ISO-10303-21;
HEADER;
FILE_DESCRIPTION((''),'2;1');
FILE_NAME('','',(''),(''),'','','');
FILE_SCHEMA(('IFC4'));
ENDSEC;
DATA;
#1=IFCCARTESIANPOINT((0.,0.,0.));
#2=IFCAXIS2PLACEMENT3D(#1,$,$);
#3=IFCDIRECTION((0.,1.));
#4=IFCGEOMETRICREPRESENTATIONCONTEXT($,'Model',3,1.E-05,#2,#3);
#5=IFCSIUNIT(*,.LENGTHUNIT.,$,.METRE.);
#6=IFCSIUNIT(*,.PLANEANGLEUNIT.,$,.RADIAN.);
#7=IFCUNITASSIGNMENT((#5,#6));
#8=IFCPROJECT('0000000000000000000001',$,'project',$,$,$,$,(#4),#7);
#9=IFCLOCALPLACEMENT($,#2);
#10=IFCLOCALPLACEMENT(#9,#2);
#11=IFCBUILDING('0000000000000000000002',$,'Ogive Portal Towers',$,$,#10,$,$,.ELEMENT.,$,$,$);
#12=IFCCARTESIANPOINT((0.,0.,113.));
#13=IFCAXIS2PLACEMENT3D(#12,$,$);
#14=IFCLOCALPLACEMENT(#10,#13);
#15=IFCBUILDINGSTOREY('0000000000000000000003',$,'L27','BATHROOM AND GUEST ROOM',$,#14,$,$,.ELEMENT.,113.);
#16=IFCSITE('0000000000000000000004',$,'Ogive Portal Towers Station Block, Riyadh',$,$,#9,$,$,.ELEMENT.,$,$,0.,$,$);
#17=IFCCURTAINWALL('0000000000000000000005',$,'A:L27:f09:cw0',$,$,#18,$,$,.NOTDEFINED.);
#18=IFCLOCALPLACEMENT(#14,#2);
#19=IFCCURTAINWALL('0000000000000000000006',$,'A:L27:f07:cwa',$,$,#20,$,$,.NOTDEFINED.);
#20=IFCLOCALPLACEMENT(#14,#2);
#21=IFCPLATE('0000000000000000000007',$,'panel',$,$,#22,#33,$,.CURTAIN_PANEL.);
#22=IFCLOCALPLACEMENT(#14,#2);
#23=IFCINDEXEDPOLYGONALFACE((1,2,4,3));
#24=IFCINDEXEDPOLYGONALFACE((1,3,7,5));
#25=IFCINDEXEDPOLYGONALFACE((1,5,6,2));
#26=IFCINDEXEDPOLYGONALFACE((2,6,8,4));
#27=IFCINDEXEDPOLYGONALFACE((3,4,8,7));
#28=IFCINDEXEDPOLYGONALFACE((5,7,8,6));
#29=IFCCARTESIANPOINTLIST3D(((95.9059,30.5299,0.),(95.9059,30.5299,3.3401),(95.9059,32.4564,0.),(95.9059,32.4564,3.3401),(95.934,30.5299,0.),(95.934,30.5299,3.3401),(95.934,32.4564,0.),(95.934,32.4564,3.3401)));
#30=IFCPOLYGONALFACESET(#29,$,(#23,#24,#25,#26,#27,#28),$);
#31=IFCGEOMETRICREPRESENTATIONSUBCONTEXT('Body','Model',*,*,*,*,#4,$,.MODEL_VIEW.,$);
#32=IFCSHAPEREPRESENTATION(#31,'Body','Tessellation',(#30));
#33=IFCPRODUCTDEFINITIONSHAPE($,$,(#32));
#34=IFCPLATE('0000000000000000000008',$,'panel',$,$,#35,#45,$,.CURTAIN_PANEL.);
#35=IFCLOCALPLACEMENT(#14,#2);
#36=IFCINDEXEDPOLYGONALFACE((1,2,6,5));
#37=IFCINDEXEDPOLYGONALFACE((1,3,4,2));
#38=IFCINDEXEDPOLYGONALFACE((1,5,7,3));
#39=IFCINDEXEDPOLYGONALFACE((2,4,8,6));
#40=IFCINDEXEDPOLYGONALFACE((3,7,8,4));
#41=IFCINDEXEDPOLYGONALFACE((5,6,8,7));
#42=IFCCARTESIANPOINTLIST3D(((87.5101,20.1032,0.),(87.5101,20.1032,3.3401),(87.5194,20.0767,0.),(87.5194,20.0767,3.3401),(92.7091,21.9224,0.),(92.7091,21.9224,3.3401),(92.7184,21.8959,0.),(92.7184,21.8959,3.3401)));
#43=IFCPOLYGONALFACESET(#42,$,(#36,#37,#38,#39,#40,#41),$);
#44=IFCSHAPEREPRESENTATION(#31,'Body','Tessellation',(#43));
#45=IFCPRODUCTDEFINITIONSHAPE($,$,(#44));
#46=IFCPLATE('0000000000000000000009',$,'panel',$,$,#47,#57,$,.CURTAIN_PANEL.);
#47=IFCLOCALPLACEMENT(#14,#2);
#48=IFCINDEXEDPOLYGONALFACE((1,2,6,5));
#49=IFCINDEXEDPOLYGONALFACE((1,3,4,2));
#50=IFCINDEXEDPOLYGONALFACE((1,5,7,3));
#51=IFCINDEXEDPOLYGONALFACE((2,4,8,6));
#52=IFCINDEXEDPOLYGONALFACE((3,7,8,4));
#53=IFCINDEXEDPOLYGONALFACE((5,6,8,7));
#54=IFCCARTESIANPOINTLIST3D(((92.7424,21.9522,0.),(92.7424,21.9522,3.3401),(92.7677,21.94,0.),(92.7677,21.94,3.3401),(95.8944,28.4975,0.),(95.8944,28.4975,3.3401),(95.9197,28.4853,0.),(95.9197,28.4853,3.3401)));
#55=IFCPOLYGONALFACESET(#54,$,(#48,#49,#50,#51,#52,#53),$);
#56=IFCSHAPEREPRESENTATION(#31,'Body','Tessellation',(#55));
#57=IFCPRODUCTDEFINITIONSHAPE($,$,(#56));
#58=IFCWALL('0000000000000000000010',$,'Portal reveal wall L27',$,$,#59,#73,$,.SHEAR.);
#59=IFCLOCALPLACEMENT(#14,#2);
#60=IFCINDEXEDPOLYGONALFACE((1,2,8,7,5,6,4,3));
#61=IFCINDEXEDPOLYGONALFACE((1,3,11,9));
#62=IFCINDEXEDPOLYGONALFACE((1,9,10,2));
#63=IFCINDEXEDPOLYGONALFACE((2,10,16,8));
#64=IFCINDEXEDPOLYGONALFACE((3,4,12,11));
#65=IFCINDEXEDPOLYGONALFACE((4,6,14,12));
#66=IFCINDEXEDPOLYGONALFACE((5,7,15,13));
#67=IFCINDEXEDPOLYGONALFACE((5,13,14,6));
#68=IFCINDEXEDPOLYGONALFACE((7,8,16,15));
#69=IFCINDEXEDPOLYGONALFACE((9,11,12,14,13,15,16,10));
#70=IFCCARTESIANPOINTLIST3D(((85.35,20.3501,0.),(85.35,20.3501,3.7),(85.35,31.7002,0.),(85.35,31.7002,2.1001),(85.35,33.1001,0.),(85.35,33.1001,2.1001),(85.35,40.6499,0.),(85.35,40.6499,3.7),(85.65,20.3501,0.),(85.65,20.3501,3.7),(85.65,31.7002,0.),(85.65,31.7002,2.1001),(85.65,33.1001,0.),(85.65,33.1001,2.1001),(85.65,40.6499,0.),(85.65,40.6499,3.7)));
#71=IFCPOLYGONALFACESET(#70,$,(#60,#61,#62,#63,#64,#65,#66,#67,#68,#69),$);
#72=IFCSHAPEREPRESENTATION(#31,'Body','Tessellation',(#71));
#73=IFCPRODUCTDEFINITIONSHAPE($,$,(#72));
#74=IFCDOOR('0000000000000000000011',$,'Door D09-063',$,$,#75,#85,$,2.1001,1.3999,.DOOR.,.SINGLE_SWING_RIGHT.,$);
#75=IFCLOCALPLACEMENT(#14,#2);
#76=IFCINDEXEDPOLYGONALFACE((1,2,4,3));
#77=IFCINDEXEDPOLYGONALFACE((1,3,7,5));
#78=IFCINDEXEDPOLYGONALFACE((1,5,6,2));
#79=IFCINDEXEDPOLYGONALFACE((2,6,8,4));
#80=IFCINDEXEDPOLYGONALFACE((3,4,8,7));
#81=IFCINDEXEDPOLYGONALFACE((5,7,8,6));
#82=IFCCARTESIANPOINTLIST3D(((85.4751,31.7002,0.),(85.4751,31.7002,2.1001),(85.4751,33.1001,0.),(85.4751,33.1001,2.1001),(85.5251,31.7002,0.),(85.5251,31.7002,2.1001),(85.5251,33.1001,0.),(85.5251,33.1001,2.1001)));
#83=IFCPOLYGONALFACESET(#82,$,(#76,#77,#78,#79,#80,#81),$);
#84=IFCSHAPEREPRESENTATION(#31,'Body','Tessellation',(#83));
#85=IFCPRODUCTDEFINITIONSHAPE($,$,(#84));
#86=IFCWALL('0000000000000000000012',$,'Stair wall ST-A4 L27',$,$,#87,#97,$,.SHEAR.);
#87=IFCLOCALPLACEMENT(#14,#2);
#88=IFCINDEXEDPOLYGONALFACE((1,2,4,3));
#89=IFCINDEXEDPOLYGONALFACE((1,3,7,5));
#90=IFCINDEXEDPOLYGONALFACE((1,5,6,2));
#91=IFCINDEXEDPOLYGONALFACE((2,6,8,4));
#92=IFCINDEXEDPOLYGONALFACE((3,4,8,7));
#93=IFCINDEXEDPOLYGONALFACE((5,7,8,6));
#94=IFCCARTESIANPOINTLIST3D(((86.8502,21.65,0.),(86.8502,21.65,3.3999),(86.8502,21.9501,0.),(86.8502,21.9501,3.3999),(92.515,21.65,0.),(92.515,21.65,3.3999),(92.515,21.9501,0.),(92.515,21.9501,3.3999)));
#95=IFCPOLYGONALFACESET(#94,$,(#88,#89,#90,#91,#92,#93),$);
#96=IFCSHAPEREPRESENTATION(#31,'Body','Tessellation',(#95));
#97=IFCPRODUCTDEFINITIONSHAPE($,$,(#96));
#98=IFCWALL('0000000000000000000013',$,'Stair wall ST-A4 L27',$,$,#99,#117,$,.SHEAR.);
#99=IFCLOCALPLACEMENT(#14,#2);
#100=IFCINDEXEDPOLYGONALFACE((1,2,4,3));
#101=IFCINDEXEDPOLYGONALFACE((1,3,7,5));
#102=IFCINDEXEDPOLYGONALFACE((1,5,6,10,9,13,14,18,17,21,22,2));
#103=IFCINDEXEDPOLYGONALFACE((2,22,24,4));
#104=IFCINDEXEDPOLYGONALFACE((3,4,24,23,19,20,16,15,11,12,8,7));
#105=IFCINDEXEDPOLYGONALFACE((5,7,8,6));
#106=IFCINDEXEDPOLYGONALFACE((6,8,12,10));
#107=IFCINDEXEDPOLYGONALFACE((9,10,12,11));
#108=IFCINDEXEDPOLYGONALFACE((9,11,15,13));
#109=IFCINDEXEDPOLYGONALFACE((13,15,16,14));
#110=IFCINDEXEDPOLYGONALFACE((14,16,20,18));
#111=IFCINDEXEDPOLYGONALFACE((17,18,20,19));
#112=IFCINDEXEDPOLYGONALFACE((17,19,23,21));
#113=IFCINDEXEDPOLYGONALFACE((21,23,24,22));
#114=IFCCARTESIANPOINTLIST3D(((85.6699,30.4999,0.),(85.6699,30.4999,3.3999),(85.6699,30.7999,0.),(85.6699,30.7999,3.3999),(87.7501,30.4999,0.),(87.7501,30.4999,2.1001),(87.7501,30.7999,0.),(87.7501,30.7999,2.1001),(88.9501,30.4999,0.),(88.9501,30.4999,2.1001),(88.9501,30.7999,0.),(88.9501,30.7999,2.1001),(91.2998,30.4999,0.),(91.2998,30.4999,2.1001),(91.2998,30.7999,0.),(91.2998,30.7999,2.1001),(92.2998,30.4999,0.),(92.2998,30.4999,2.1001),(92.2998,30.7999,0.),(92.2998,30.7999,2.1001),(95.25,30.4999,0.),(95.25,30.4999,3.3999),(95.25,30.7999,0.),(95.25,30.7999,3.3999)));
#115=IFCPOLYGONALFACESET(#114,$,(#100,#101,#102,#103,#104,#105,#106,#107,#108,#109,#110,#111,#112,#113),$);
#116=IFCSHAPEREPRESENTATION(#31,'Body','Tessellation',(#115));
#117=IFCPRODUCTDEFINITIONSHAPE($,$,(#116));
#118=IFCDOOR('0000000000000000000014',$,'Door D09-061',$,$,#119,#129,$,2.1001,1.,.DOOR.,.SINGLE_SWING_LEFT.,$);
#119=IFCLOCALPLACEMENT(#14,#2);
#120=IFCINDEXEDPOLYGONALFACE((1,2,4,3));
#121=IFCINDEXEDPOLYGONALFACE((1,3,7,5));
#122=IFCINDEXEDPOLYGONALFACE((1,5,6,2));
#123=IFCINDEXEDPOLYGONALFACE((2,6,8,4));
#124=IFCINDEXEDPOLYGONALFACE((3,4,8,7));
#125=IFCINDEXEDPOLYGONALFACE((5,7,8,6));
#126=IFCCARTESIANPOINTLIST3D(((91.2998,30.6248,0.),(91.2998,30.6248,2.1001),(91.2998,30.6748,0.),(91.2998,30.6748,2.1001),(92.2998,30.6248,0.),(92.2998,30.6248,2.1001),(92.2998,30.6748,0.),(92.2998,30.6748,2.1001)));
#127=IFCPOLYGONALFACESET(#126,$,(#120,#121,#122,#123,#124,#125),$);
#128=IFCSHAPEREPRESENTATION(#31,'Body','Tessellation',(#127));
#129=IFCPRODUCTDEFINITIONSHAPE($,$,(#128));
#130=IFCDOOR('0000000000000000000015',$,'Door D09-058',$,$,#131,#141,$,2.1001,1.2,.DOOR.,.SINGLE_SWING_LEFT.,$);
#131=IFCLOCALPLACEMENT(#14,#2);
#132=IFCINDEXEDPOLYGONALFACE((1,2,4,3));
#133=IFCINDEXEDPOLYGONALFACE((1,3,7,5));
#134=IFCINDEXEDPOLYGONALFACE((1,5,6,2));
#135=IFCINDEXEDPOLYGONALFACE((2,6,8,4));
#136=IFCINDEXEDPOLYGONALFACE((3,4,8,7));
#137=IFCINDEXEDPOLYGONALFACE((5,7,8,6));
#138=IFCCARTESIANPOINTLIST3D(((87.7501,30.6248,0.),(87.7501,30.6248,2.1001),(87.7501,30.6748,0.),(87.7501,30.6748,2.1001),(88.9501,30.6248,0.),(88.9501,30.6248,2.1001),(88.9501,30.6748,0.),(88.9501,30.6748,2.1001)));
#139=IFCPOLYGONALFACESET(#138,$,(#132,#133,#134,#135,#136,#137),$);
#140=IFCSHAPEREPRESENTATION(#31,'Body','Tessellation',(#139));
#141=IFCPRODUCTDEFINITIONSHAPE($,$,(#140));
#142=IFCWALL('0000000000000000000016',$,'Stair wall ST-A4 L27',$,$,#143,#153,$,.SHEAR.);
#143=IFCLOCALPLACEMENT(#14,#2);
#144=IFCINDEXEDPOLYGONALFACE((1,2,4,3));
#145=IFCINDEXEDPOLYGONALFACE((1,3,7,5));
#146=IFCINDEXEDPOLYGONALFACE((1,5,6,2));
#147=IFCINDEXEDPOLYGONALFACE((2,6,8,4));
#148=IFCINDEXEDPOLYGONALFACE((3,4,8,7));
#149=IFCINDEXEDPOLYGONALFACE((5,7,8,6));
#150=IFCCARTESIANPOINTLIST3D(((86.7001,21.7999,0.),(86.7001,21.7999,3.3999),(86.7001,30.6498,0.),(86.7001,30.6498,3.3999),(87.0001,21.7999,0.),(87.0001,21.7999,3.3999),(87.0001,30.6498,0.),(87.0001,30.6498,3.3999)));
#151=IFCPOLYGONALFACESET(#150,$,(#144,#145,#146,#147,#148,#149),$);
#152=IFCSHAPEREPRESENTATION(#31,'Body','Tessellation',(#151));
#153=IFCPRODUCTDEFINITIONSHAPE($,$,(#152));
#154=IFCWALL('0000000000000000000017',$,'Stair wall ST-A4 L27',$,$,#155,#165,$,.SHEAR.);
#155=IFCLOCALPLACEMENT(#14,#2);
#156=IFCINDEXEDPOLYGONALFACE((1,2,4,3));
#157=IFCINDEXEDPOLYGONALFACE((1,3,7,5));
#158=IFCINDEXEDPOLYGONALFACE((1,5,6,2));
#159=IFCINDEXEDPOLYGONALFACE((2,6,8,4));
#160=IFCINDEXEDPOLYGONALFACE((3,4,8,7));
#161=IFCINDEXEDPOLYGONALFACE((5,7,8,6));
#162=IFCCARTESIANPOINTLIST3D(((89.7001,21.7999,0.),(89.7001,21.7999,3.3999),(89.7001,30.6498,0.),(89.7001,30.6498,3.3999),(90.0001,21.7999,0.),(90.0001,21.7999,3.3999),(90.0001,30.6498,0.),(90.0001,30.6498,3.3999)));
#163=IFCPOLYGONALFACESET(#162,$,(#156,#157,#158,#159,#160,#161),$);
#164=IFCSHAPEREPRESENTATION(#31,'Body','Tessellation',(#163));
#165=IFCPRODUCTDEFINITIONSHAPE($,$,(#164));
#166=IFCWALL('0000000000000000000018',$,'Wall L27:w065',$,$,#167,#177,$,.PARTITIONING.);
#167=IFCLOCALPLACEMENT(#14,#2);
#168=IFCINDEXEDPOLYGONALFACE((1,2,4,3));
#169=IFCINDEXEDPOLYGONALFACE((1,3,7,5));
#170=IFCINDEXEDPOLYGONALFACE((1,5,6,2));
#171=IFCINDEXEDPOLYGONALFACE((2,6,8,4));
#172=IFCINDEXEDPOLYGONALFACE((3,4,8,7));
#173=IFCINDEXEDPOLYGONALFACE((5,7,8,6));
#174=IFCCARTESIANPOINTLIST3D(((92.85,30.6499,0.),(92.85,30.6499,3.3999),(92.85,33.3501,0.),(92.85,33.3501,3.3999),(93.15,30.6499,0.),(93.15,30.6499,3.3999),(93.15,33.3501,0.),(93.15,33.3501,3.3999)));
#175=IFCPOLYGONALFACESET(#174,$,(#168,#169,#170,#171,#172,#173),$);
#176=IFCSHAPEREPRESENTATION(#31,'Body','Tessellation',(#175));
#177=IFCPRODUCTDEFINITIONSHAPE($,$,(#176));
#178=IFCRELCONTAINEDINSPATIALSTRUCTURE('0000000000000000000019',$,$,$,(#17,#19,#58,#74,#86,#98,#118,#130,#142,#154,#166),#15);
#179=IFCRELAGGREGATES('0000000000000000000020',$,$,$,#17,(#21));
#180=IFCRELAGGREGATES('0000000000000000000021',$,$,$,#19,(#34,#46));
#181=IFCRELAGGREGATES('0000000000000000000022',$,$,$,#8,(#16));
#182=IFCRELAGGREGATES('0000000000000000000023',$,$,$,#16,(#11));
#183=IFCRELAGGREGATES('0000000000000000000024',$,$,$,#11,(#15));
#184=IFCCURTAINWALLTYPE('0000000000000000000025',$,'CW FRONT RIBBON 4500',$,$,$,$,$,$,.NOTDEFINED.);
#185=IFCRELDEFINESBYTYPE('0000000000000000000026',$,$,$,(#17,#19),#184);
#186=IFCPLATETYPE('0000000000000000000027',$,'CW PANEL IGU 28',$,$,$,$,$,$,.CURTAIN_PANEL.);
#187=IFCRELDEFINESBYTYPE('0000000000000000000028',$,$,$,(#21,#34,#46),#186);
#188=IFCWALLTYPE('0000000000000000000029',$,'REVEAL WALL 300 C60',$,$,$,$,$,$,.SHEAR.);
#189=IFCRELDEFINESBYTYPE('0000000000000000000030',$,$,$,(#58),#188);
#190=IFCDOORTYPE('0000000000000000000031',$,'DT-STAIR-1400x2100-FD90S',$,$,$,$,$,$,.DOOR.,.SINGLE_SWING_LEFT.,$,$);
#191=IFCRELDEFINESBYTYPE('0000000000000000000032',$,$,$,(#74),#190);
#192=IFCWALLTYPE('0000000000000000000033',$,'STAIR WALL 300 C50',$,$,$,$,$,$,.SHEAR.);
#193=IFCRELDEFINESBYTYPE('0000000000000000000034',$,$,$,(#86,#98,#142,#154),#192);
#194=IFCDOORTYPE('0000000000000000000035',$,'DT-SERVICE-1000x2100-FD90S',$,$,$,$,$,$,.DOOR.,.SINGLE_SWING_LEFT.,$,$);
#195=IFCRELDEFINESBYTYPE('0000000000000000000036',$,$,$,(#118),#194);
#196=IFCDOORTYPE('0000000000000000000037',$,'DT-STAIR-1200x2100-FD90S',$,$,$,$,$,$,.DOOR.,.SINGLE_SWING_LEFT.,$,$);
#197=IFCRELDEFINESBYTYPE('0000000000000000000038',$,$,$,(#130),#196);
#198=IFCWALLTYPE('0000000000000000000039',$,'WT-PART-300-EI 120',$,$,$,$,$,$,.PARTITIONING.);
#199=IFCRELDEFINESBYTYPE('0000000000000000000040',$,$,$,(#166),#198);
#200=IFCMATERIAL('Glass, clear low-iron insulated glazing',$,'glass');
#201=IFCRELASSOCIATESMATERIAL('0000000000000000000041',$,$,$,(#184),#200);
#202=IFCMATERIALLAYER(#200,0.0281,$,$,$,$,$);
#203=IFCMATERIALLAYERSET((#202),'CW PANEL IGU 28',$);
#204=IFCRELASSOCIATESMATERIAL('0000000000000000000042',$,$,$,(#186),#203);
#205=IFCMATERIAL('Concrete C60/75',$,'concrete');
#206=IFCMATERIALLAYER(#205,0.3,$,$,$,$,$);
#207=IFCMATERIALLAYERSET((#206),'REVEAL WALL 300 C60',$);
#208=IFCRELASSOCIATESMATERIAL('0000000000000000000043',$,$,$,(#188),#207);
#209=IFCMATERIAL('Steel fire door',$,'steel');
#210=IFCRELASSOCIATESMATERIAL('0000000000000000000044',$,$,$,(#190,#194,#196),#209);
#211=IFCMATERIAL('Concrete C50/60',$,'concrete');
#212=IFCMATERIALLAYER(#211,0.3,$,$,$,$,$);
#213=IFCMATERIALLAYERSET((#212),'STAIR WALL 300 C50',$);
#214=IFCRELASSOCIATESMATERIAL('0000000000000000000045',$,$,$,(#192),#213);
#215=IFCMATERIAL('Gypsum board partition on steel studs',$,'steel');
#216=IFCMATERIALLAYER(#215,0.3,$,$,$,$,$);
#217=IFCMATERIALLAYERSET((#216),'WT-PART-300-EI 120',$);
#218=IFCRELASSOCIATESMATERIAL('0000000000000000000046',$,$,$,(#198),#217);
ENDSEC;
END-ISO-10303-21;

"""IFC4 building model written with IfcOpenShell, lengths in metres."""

from ifc_helpers import new_model, si_unit, direction, frame, frame_2d, origin, origin_2d, place, context, subcontext, project, spatial, rectangle, extrude, material, layer, layer_set, type_object, element, fill, aggregate, save


model = new_model("IFC4")

# Units and contexts
model_context = context("Model", 3, precision=1e-05, world=origin(), true_north=direction((0.0, 1.0)))
body_context = subcontext(model_context, "Body", "Model", "MODEL_VIEW")
ifc_project = project(units=[si_unit("LENGTHUNIT", "METRE"), si_unit("PLANEANGLEUNIT", "RADIAN")], contexts=[model_context])

# Site, building, storey
site_placement = place(None, origin())
site = spatial("IfcSite", under=ifc_project, at=site_placement, Name="Ogive Portal Towers Station Block, Riyadh", CompositionType="ELEMENT", RefElevation=0.0)
building_placement = place(site_placement, origin())
building = spatial("IfcBuilding", under=site, at=building_placement, Name="Ogive Portal Towers", CompositionType="ELEMENT")
storey_placement = place(building_placement, frame((0.0, 0.0, 113.0)))
storey = spatial("IfcBuildingStorey", under=building, at=storey_placement, Name="L27", Description="BATHROOM AND GUEST ROOM", CompositionType="ELEMENT", Elevation=113.0)

# Shared definitions
ifc_material_1 = material(Name="Concrete C60/75", Category="concrete")

# Curtain walls
ifc_material_2 = material(Name="Glass, clear low-iron insulated glazing", Category="glass")
curtain_wall_type = type_object("IfcCurtainWallType", Name="CW FRONT RIBBON 4500", PredefinedType="NOTDEFINED", material=ifc_material_2)
curtain_wall_1_placement = place(storey_placement, origin())
curtain_wall_1 = element("IfcCurtainWall", 1, at=curtain_wall_1_placement, inside=storey, type_object=curtain_wall_type, Name="A:L27:f09:cw0", PredefinedType="NOTDEFINED")
curtain_wall_2_placement = place(storey_placement, origin())
curtain_wall_2 = element("IfcCurtainWall", 2, at=curtain_wall_2_placement, inside=storey, type_object=curtain_wall_type, Name="A:L27:f07:cwa", PredefinedType="NOTDEFINED")

# Plates
ifc_layer_1 = layer(ifc_material_2, 0.0281)
ifc_layer_set_1 = layer_set([ifc_layer_1], Name="CW PANEL IGU 28")
plate_type = type_object("IfcPlateType", Name="CW PANEL IGU 28", PredefinedType="CURTAIN_PANEL", material=ifc_layer_set_1)
plate_1_placement = place(storey_placement, frame((95.9199, 31.4932, 0.0), z_axis=(0.0, 0.0, 1.0), x_axis=(0.0, 1.0, 0.0)))
plate_1 = element("IfcPlate", 3, at=plate_1_placement, type_object=plate_type, Name="panel", PredefinedType="CURTAIN_PANEL", context=body_context, shape_type="SweptSolid", body=[
    extrude(rectangle(XDim=1.9265, YDim=0.0281, at=origin_2d()), origin(), (0.0, 0.0, 1.0), 3.3401),
])
aggregate(curtain_wall_1, [plate_1])
plate_2_placement = place(storey_placement, frame((90.1143, 20.9995, 0.0), z_axis=(0.0, 0.0, 1.0), x_axis=(0.943883, 0.330279, 0.0)))
plate_2 = element("IfcPlate", 4, at=plate_2_placement, type_object=plate_type, Name="panel", PredefinedType="CURTAIN_PANEL", context=body_context, shape_type="SweptSolid", body=[
    extrude(rectangle(XDim=5.5081, YDim=0.0281, at=origin_2d()), origin(), (0.0, 0.0, 1.0), 3.3401),
])
plate_3_placement = place(storey_placement, frame((94.3311, 25.2188, 0.0), z_axis=(0.0, 0.0, 1.0), x_axis=(0.433884, 0.900969, 0.0)))
plate_3 = element("IfcPlate", 5, at=plate_3_placement, type_object=plate_type, Name="panel", PredefinedType="CURTAIN_PANEL", context=body_context, shape_type="SweptSolid", body=[
    extrude(rectangle(XDim=7.2646, YDim=0.0281, at=origin_2d()), origin(), (0.0, 0.0, 1.0), 3.3401),
])
aggregate(curtain_wall_2, [plate_2, plate_3])

# Wall, opening, door
ifc_layer_2 = layer(ifc_material_1, 0.3)
ifc_layer_set_2 = layer_set([ifc_layer_2], Name="REVEAL WALL 300 C60")
wall_type_1 = type_object("IfcWallType", Name="REVEAL WALL 300 C60", PredefinedType="SHEAR", material=ifc_layer_set_2)
wall_1_placement = place(storey_placement, frame((85.5, 20.3501, 0.0), z_axis=(0.0, 0.0, 1.0), x_axis=(0.0, 1.0, 0.0)))
wall_1 = element("IfcWall", 6, at=wall_1_placement, inside=storey, type_object=wall_type_1, Name="Portal reveal wall L27", PredefinedType="SHEAR", context=body_context, shape_type="SweptSolid", body=[
    extrude(rectangle(XDim=20.2998, YDim=0.3, at=frame_2d((10.1499, 0.0))), origin(), (0.0, 0.0, 1.0), 3.7),
])
opening_1_placement = place(wall_1_placement, frame((11.3501, 0.0, 0.0)))
opening_1 = element("IfcOpeningElement", 7, at=opening_1_placement, cuts=wall_1, PredefinedType="OPENING", context=body_context, shape_type="SweptSolid", body=[
    extrude(rectangle(XDim=1.3999, YDim=2.1001, at=frame_2d((0.7, 1.05))), frame((0.0, 0.1602, 0.0), z_axis=(0.0, -1.0, 0.0), x_axis=(1.0, 0.0, 0.0)), (0.0, 0.0, 1.0), 0.3201),
])
ifc_material_3 = material(Name="Steel fire door", Category="steel")
door_type_1 = type_object("IfcDoorType", Name="DT-STAIR-1400x2100-FD90S", OperationType="SINGLE_SWING_LEFT", PredefinedType="DOOR", material=ifc_material_3)
door_1_placement = place(opening_1_placement, origin())
door_1 = element("IfcDoor", 8, at=door_1_placement, inside=storey, type_object=door_type_1, Name="Door D09-063", OperationType="SINGLE_SWING_RIGHT", OverallHeight=2.1001, OverallWidth=1.3999, PredefinedType="DOOR", context=body_context, shape_type="SweptSolid", body=[
    extrude(rectangle(XDim=1.3999, YDim=2.1001, at=frame_2d((0.7, 1.05))), frame((0.0, 0.0249, 0.0), z_axis=(0.0, -1.0, 0.0), x_axis=(1.0, 0.0, 0.0)), (0.0, 0.0, 1.0), 0.05),
])
fill(opening_1, door_1)

# Wall
ifc_material_4 = material(Name="Concrete C50/60", Category="concrete")
ifc_layer_3 = layer(ifc_material_4, 0.3)
ifc_layer_set_3 = layer_set([ifc_layer_3], Name="STAIR WALL 300 C50")
wall_type_2 = type_object("IfcWallType", Name="STAIR WALL 300 C50", PredefinedType="SHEAR", material=ifc_layer_set_3)
wall_2_placement = place(storey_placement, frame((86.8501, 21.8, 0.0), z_axis=(0.0, 0.0, 1.0), x_axis=(1.0, 0.0, 0.0)))
element("IfcWall", 9, at=wall_2_placement, inside=storey, type_object=wall_type_2, Name="Stair wall ST-A4 L27", PredefinedType="SHEAR", context=body_context, shape_type="SweptSolid", body=[
    extrude(rectangle(XDim=5.6648, YDim=0.3, at=frame_2d((2.8325, 0.0))), origin(), (0.0, 0.0, 1.0), 3.3999),
])

# Wall, openings, doors
wall_3_placement = place(storey_placement, frame((85.6699, 30.6499, 0.0), z_axis=(0.0, 0.0, 1.0), x_axis=(1.0, 0.0, 0.0)))
wall_3 = element("IfcWall", 10, at=wall_3_placement, inside=storey, type_object=wall_type_2, Name="Stair wall ST-A4 L27", PredefinedType="SHEAR", context=body_context, shape_type="SweptSolid", body=[
    extrude(rectangle(XDim=9.5801, YDim=0.3, at=frame_2d((4.79, 0.0))), origin(), (0.0, 0.0, 1.0), 3.3999),
])
opening_2_placement = place(wall_3_placement, frame((2.0801, 0.0, 0.0)))
opening_2 = element("IfcOpeningElement", 11, at=opening_2_placement, cuts=wall_3, PredefinedType="OPENING", context=body_context, shape_type="SweptSolid", body=[
    extrude(rectangle(XDim=1.2, YDim=2.1001, at=frame_2d((0.6001, 1.05))), frame((0.0, 0.1602, 0.0), z_axis=(0.0, -1.0, 0.0), x_axis=(1.0, 0.0, 0.0)), (0.0, 0.0, 1.0), 0.3201),
])
opening_3_placement = place(wall_3_placement, frame((5.6299, 0.0, 0.0)))
opening_3 = element("IfcOpeningElement", 12, at=opening_3_placement, cuts=wall_3, PredefinedType="OPENING", context=body_context, shape_type="SweptSolid", body=[
    extrude(rectangle(XDim=1.0, YDim=2.1001, at=frame_2d((0.5, 1.05))), frame((0.0, 0.1602, 0.0), z_axis=(0.0, -1.0, 0.0), x_axis=(1.0, 0.0, 0.0)), (0.0, 0.0, 1.0), 0.3201),
])
door_type_2 = type_object("IfcDoorType", Name="DT-SERVICE-1000x2100-FD90S", OperationType="SINGLE_SWING_LEFT", PredefinedType="DOOR", material=ifc_material_3)
door_2_placement = place(opening_3_placement, origin())
door_2 = element("IfcDoor", 13, at=door_2_placement, inside=storey, type_object=door_type_2, Name="Door D09-061", OperationType="SINGLE_SWING_LEFT", OverallHeight=2.1001, OverallWidth=1.0, PredefinedType="DOOR", context=body_context, shape_type="SweptSolid", body=[
    extrude(rectangle(XDim=1.0, YDim=2.1001, at=frame_2d((0.5, 1.05))), frame((0.0, 0.0249, 0.0), z_axis=(0.0, -1.0, 0.0), x_axis=(1.0, 0.0, 0.0)), (0.0, 0.0, 1.0), 0.05),
])
fill(opening_3, door_2)
door_type_3 = type_object("IfcDoorType", Name="DT-STAIR-1200x2100-FD90S", OperationType="SINGLE_SWING_LEFT", PredefinedType="DOOR", material=ifc_material_3)
door_3_placement = place(opening_2_placement, origin())
door_3 = element("IfcDoor", 14, at=door_3_placement, inside=storey, type_object=door_type_3, Name="Door D09-058", OperationType="SINGLE_SWING_LEFT", OverallHeight=2.1001, OverallWidth=1.2, PredefinedType="DOOR", context=body_context, shape_type="SweptSolid", body=[
    extrude(rectangle(XDim=1.2, YDim=2.1001, at=frame_2d((0.6001, 1.05))), frame((0.0, 0.0249, 0.0), z_axis=(0.0, -1.0, 0.0), x_axis=(1.0, 0.0, 0.0)), (0.0, 0.0, 1.0), 0.05),
])
fill(opening_2, door_3)

# Walls
for number, where, z_axis, x_axis, name in (
    (15, (86.8501, 21.8, 0.0), (0.0, 0.0, 1.0), (0.0, 1.0, 0.0), "Stair wall ST-A4 L27"),
    (16, (89.8501, 21.8, 0.0), (0.0, 0.0, 1.0), (0.0, 1.0, 0.0), "Stair wall ST-A4 L27"),
):
    element("IfcWall", number, at=place(storey_placement, frame(where, z_axis=z_axis, x_axis=x_axis)), inside=storey, type_object=wall_type_2, Name=name, PredefinedType="SHEAR", context=body_context, shape_type="SweptSolid", body=[
        extrude(rectangle(XDim=8.8499, YDim=0.3, at=frame_2d((4.4248, 0.0))), origin(), (0.0, 0.0, 1.0), 3.3999),
    ])
ifc_material_5 = material(Name="Gypsum board partition on steel studs", Category="steel")
ifc_layer_4 = layer(ifc_material_5, 0.3)
ifc_layer_set_4 = layer_set([ifc_layer_4], Name="WT-PART-300-EI 120")
wall_type_3 = type_object("IfcWallType", Name="WT-PART-300-EI 120", PredefinedType="PARTITIONING", material=ifc_layer_set_4)
wall_4_placement = place(storey_placement, frame((93.0, 30.6499, 0.0), z_axis=(0.0, 0.0, 1.0), x_axis=(0.0, 1.0, 0.0)))
element("IfcWall", 17, at=wall_4_placement, inside=storey, type_object=wall_type_3, Name="Wall L27:w065", PredefinedType="PARTITIONING", context=body_context, shape_type="SweptSolid", body=[
    extrude(rectangle(XDim=2.7002, YDim=0.3, at=frame_2d((1.3501, 0.0))), origin(), (0.0, 0.0, 1.0), 3.3999),
])

save(model, "model.ifc")
